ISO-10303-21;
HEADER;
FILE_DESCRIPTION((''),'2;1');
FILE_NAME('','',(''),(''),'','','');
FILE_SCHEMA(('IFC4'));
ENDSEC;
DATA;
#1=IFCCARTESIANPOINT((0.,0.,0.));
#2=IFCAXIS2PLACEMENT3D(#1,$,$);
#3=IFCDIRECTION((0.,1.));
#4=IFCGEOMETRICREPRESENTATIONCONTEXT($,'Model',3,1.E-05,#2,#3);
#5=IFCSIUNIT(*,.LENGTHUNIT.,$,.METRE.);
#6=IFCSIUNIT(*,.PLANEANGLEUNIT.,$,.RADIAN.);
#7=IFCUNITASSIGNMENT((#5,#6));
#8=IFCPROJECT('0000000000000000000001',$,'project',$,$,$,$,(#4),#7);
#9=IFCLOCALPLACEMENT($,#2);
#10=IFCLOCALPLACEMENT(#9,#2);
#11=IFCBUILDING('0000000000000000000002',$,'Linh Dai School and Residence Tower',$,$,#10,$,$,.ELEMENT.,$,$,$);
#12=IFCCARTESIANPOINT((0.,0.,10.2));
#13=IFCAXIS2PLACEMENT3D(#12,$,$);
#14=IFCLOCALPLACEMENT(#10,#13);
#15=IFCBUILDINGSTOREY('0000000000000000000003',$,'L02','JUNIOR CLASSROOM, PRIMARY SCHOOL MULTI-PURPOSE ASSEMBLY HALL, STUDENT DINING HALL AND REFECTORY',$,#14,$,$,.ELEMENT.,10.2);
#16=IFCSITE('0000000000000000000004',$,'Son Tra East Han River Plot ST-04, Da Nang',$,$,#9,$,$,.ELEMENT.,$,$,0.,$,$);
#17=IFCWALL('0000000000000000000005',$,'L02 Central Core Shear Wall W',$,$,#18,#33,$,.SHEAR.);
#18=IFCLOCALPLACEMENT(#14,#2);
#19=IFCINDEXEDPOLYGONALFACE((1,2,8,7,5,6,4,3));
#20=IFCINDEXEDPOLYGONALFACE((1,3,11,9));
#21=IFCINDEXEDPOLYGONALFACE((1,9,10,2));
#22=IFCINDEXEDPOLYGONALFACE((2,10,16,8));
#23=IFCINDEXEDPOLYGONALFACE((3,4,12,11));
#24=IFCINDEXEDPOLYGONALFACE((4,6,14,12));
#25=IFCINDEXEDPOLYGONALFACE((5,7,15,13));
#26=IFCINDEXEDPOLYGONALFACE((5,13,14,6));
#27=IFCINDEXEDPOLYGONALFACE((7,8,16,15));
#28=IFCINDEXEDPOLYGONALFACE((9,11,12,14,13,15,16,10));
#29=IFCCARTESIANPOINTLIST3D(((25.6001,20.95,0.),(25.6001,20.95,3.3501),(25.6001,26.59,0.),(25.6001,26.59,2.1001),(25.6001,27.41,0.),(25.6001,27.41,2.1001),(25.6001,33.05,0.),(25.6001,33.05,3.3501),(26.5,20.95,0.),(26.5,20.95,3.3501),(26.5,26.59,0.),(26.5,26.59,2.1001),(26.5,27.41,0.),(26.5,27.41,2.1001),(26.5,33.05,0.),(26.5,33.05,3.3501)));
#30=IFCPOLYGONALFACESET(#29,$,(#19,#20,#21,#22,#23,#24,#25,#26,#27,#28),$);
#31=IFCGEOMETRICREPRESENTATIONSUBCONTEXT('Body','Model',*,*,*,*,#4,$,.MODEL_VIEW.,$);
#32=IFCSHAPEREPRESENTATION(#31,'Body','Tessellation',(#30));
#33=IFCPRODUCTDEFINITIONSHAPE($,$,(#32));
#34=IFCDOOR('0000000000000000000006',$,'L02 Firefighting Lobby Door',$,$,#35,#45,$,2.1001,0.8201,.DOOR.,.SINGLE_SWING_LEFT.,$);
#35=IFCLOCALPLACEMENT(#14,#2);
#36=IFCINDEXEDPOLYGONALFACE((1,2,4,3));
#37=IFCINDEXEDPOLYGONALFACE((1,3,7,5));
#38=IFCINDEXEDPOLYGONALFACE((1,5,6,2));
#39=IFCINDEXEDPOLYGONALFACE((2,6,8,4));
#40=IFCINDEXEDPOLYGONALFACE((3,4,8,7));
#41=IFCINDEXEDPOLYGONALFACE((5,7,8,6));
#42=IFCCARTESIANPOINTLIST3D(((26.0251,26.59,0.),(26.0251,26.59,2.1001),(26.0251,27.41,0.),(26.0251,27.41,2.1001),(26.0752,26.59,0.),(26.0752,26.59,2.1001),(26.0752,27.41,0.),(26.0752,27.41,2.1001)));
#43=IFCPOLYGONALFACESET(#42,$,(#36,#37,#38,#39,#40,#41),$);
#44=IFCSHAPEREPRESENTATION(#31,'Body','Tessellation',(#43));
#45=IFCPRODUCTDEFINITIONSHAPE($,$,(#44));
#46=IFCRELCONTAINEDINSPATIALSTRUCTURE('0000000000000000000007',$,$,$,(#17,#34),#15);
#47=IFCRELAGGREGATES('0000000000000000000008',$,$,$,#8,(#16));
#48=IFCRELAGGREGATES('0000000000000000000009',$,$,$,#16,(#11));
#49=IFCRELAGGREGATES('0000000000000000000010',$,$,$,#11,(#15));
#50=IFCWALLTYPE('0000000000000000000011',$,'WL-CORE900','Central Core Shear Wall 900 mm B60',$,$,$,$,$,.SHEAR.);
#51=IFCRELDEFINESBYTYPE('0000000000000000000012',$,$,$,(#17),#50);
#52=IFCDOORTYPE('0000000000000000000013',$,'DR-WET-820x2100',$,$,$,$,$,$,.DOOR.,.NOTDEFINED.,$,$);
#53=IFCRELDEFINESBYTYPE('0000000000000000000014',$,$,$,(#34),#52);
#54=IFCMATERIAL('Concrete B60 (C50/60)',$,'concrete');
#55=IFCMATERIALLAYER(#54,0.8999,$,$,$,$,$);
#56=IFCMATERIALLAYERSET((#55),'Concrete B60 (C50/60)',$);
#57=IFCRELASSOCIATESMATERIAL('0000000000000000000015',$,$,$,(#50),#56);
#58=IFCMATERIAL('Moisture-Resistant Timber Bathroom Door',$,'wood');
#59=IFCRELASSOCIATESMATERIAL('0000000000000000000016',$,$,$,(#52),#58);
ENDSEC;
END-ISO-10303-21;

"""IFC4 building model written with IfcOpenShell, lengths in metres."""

from ifc_helpers import new_model, si_unit, direction, frame, frame_2d, origin, origin_2d, place, context, subcontext, project, spatial, rectangle, extrude, source, transform, mapped, material, layer, layer_set, type_object, element, fill, save


model = new_model("IFC4")

# Units and contexts
model_context = context("Model", 3, precision=1e-05, world=origin(), true_north=direction((0.0, 1.0)))
body_context = subcontext(model_context, "Body", "Model", "MODEL_VIEW")
ifc_project = project(units=[si_unit("LENGTHUNIT", "METRE"), si_unit("PLANEANGLEUNIT", "RADIAN")], contexts=[model_context])

# Site, building, storey
site_placement = place(None, origin())
site = spatial("IfcSite", under=ifc_project, at=site_placement, Name="Son Tra East Han River Plot ST-04, Da Nang", CompositionType="ELEMENT", RefElevation=0.0)
building_placement = place(site_placement, origin())
building = spatial("IfcBuilding", under=site, at=building_placement, Name="Linh Dai School and Residence Tower", CompositionType="ELEMENT")
storey_placement = place(building_placement, frame((0.0, 0.0, 10.2)))
storey = spatial("IfcBuildingStorey", under=building, at=storey_placement, Name="L02", Description="JUNIOR CLASSROOM, PRIMARY SCHOOL MULTI-PURPOSE ASSEMBLY HALL, STUDENT DINING HALL AND REFECTORY", CompositionType="ELEMENT", Elevation=10.2)

# Shared definitions
ifc_material_1 = material(Name="Concrete B60 (C50/60)", Category="concrete")

# Wall, opening, door
ifc_layer_1 = layer(ifc_material_1, 0.8999)
ifc_layer_set_1 = layer_set([ifc_layer_1], Name="Concrete B60 (C50/60)")
wall_type_1 = type_object("IfcWallType", Name="WL-CORE900", Description="Central Core Shear Wall 900 mm B60", PredefinedType="SHEAR", material=ifc_layer_set_1)
wall_1_placement = place(storey_placement, frame((26.05, 20.95, 0.0), z_axis=(0.0, 0.0, 1.0), x_axis=(0.0, 1.0, 0.0)))
wall_1 = element("IfcWall", 1, at=wall_1_placement, inside=storey, type_object=wall_type_1, Name="L02 Central Core Shear Wall W", PredefinedType="SHEAR", context=body_context, shape_type="SweptSolid", body=[
    extrude(rectangle(XDim=12.1001, YDim=0.8999, at=frame_2d((6.05, 0.0))), origin(), (0.0, 0.0, 1.0), 3.3501),
])
opening_1_placement = place(wall_1_placement, frame((5.6399, 0.0, 0.0)))
opening_1 = element("IfcOpeningElement", 2, at=opening_1_placement, cuts=wall_1, PredefinedType="OPENING", context=body_context, shape_type="SweptSolid", body=[
    extrude(rectangle(XDim=0.8201, YDim=2.1001, at=origin_2d()), frame((0.4102, 0.46, 1.05), z_axis=(0.0, -1.0, 0.0), x_axis=(1.0, 0.0, 0.0)), (0.0, 0.0, 1.0), 0.9199),
])
ifc_material_2 = material(Name="Moisture-Resistant Timber Bathroom Door", Category="wood")
door_type_1 = type_object("IfcDoorType", Name="DR-WET-820x2100", OperationType="NOTDEFINED", PredefinedType="DOOR", material=ifc_material_2)
shared_shape_1 = source(origin(), body_context, "Body", "SweptSolid", [
    extrude(rectangle(XDim=0.8201, YDim=2.1001, at=origin_2d()), frame((0.4102, 0.0249, 1.05), z_axis=(0.0, -1.0, 0.0), x_axis=(1.0, 0.0, 0.0)), (0.0, 0.0, 1.0), 0.05),
])
door_1_placement = place(opening_1_placement, origin())
door_1 = element("IfcDoor", 3, at=door_1_placement, inside=storey, type_object=door_type_1, Name="L02 Firefighting Lobby Door", OperationType="SINGLE_SWING_LEFT", OverallHeight=2.1001, OverallWidth=0.8201, PredefinedType="DOOR", context=body_context, shape_type="MappedRepresentation", body=[
    mapped(shared_shape_1, transform((0.0, 0.0, 0.0), x_axis=(1.0, 0.0, 0.0), y_axis=(0.0, 1.0, 0.0), z_axis=(0.0, 0.0, 1.0), scale=1.0)),
])
fill(opening_1, door_1)

save(model, "model.ifc")
